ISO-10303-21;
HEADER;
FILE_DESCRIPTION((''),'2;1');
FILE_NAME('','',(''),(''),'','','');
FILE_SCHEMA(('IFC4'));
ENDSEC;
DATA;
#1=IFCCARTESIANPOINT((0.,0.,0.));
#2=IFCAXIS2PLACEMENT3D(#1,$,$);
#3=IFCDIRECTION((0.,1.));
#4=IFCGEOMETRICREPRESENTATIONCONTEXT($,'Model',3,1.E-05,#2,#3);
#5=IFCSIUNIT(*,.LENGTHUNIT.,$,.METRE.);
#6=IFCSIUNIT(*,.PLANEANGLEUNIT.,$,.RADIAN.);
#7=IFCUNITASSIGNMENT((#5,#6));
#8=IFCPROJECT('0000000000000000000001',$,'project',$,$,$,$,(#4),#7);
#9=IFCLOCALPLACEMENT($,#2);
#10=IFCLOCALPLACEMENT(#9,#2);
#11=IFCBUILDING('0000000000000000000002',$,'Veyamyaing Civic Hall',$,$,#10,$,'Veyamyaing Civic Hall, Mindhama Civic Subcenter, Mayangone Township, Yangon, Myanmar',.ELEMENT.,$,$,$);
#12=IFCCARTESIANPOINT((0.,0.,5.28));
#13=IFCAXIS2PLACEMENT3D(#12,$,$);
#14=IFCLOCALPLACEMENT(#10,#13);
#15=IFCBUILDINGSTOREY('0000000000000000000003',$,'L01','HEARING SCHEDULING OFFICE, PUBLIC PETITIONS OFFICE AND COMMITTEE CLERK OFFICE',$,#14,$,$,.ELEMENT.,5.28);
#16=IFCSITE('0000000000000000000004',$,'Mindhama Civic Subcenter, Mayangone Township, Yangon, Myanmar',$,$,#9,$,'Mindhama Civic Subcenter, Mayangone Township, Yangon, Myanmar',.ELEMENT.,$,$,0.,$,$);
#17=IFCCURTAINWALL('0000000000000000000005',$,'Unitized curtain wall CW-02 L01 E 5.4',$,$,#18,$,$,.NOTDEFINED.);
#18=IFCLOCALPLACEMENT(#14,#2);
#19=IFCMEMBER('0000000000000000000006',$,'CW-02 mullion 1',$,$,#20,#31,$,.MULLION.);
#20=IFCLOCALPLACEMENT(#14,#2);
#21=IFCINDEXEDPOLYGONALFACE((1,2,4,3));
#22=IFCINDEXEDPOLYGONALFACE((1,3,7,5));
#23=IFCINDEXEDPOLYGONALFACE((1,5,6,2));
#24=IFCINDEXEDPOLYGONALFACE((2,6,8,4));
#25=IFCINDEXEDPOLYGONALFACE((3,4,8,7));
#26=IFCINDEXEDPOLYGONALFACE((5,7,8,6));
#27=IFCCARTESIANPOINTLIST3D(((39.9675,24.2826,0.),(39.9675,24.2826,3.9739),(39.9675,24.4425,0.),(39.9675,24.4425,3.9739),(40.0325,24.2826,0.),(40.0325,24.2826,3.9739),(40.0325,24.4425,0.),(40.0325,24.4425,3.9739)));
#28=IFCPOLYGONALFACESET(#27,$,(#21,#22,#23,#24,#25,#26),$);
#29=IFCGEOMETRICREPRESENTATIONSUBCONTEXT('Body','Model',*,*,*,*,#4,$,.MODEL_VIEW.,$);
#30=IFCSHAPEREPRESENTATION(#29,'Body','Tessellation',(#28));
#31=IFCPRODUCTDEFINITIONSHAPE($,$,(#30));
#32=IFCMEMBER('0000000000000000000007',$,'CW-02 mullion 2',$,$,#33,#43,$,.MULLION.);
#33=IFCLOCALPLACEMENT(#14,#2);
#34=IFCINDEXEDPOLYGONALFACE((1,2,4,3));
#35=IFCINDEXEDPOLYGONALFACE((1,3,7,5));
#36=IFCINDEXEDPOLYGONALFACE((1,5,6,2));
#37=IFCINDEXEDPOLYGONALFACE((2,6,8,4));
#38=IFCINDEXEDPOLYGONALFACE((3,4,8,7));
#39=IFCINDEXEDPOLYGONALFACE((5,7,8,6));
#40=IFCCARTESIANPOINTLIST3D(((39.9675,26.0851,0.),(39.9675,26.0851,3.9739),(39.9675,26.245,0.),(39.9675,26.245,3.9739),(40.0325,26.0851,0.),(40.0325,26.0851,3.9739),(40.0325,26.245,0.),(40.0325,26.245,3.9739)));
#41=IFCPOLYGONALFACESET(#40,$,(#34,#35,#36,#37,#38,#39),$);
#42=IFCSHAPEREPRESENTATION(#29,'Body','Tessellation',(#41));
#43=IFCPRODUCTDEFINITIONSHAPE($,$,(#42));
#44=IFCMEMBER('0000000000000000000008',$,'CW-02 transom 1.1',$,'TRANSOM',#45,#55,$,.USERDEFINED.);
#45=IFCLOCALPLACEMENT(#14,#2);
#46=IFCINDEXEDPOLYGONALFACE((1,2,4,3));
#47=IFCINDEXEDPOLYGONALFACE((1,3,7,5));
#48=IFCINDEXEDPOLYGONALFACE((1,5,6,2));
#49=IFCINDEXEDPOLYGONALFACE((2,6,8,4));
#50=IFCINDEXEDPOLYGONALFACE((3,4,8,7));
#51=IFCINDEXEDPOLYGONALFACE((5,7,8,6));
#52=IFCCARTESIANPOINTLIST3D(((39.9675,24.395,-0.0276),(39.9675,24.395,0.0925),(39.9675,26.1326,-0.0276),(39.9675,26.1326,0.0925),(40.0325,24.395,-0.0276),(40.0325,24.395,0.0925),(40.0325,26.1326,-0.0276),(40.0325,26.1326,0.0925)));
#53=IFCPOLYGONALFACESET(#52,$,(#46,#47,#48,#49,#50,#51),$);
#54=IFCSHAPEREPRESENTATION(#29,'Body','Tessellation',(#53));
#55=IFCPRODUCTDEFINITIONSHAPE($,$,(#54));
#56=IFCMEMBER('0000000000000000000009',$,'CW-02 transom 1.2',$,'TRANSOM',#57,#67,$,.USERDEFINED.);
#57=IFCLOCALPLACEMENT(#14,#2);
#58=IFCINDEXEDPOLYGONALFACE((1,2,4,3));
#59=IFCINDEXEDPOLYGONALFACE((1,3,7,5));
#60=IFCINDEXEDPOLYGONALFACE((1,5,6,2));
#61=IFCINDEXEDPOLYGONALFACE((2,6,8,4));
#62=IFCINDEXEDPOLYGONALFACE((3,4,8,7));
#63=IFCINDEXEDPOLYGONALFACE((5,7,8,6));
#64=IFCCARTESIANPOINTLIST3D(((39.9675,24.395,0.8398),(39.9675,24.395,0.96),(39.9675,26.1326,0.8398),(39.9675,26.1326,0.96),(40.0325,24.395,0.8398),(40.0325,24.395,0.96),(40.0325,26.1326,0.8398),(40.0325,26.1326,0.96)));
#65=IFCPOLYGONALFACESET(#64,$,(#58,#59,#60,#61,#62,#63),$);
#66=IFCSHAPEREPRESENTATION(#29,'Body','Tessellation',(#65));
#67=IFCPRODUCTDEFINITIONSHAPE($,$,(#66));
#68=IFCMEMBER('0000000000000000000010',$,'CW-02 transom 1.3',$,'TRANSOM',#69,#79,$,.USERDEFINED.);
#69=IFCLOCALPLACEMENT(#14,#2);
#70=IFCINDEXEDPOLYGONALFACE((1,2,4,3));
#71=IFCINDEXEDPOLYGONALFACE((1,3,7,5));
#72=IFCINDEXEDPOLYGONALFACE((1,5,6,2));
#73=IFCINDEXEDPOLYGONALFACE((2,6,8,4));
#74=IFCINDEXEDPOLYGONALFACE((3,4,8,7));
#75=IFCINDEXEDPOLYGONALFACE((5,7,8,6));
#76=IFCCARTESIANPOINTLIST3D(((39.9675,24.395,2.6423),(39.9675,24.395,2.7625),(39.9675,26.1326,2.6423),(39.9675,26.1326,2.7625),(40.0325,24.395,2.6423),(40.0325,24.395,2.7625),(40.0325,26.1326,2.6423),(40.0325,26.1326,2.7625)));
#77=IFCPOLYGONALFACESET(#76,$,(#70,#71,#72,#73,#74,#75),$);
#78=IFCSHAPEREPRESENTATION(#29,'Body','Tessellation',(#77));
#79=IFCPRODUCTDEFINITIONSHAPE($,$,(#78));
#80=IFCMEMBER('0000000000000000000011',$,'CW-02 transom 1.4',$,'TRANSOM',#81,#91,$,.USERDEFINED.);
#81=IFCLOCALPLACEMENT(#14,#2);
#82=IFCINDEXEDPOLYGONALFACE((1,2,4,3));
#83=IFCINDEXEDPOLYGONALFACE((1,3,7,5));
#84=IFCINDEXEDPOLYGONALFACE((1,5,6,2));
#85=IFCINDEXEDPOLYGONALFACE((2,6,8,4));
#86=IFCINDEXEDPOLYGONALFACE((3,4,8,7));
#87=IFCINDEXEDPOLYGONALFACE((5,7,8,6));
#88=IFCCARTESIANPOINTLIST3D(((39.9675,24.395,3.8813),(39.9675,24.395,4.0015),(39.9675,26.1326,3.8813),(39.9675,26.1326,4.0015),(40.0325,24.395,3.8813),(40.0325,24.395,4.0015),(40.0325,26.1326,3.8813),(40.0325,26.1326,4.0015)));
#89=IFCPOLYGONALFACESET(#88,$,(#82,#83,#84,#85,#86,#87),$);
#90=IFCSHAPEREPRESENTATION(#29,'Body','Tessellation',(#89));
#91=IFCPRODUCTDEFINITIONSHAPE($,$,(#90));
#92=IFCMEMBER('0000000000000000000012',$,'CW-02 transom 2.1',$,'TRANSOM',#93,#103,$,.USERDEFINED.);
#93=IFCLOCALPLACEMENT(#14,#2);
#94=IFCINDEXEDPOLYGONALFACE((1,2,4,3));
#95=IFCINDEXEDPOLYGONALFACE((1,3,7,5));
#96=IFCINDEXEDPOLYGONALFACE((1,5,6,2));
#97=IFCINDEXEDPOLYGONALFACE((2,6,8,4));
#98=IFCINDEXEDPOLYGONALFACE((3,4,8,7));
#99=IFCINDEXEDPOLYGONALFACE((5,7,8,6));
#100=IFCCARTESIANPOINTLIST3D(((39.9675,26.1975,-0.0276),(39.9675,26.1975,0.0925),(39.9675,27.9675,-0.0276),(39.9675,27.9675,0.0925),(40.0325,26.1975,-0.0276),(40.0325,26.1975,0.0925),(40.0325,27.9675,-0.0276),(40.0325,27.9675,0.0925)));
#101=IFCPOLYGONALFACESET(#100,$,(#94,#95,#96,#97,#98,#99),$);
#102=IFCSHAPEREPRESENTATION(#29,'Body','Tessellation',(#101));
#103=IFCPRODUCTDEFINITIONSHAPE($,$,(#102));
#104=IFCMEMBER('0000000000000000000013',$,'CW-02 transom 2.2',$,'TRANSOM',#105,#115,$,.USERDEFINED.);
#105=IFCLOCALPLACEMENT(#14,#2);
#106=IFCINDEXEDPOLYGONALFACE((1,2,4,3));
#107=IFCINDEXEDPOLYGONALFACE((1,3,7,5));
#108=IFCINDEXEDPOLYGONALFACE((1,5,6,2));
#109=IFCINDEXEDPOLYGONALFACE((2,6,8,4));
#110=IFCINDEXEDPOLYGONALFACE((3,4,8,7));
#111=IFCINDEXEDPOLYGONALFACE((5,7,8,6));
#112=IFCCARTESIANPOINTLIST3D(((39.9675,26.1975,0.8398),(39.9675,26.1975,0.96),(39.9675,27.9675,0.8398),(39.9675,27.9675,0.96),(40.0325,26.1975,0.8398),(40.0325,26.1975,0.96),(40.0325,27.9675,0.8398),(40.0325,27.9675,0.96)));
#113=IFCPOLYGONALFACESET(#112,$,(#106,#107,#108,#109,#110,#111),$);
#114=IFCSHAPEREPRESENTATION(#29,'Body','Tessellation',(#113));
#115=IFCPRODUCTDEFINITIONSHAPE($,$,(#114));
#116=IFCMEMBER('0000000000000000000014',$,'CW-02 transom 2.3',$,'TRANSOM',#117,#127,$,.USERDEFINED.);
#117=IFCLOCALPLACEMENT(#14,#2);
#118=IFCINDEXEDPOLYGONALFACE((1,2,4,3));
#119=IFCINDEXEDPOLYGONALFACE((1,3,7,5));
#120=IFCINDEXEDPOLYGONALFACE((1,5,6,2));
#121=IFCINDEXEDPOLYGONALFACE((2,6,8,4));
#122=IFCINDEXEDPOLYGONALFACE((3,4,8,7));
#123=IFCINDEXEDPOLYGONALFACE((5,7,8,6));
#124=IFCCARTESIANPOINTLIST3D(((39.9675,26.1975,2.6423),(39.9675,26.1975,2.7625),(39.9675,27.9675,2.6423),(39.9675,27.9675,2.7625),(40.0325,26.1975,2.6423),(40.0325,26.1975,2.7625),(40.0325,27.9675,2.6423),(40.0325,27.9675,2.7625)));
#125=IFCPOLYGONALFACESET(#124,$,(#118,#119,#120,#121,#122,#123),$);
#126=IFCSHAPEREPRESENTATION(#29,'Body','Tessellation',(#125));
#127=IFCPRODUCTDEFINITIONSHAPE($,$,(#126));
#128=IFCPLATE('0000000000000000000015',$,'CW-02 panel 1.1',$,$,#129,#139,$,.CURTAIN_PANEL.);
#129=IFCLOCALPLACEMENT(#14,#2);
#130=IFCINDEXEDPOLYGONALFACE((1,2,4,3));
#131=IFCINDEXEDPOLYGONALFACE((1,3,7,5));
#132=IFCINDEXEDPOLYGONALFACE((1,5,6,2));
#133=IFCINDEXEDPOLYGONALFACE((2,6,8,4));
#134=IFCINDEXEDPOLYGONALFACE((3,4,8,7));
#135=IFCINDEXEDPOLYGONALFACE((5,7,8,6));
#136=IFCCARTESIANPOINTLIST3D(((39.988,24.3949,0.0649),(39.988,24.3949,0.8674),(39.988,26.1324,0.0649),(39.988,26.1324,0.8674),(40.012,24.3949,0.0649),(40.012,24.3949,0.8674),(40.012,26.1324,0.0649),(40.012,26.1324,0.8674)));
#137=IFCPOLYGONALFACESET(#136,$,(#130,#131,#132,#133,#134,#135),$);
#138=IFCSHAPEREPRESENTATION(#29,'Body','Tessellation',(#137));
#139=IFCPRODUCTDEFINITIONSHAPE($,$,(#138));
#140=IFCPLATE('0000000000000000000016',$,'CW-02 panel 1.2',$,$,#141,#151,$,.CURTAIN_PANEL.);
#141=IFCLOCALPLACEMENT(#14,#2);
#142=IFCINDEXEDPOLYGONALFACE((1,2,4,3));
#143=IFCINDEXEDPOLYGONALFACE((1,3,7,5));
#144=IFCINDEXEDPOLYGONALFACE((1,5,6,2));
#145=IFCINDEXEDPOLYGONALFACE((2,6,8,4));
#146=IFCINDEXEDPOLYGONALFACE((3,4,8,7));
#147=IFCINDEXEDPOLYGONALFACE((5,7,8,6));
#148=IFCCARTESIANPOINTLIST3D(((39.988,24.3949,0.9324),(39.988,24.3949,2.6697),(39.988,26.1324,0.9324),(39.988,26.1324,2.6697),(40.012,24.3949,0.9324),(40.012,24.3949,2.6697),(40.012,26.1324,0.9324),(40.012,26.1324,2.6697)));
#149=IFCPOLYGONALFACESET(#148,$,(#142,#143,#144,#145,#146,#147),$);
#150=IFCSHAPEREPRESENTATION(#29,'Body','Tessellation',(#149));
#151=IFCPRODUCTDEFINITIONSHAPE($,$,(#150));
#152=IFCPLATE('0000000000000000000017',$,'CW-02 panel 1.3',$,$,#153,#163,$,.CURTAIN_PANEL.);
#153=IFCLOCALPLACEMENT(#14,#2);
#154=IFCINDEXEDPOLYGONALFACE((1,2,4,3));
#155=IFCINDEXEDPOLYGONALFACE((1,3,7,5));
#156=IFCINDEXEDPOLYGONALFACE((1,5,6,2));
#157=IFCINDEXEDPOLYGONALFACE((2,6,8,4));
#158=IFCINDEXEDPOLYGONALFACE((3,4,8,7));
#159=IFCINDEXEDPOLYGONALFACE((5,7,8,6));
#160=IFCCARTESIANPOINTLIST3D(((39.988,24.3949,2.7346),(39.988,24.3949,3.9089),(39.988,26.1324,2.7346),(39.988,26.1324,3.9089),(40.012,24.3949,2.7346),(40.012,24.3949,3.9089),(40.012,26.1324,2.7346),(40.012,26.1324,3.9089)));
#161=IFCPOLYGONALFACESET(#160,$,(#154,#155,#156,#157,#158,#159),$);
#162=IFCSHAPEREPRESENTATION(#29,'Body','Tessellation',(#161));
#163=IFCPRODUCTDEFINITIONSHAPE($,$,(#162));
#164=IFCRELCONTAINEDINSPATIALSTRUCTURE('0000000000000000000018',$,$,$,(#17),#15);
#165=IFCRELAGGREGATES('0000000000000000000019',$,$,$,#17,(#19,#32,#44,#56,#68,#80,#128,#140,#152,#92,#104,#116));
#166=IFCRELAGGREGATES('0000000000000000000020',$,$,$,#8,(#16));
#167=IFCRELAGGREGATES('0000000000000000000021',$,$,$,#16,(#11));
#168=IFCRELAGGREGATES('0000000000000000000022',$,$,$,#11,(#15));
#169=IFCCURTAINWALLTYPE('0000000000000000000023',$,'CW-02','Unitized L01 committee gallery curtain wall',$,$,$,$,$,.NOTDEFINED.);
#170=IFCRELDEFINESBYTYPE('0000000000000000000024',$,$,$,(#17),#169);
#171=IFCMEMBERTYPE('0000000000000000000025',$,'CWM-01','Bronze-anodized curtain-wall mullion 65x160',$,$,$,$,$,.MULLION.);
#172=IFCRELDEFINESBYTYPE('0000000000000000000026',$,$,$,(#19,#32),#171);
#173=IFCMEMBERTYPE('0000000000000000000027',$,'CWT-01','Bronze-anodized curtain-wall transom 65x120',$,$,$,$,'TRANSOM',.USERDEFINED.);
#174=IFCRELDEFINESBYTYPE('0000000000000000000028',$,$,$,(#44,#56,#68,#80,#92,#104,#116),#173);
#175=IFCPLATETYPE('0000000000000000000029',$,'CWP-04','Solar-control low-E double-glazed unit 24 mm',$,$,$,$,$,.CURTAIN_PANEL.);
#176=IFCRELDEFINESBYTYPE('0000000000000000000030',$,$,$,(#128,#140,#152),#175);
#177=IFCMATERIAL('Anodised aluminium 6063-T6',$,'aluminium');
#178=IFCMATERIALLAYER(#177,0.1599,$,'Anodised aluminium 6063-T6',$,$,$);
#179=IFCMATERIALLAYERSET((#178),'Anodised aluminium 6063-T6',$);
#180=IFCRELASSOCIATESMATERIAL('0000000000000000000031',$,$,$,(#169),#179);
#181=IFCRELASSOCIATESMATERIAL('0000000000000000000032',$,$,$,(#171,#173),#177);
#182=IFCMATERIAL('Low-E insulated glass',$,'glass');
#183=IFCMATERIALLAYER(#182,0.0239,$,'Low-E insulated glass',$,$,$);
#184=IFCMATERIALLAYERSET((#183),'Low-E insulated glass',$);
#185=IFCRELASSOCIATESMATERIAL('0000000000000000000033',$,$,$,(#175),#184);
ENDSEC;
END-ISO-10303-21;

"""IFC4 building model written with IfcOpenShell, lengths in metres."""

from ifc_helpers import new_model, si_unit, direction, frame, origin, origin_2d, place, context, subcontext, project, spatial, rectangle, extrude, material, layer, layer_set, material_profile, profile_set, type_object, element, aggregate, save


model = new_model("IFC4")

# Units and contexts
model_context = context("Model", 3, precision=1e-05, world=origin(), true_north=direction((0.0, 1.0)))
body_context = subcontext(model_context, "Body", "Model", "MODEL_VIEW")
ifc_project = project(units=[si_unit("LENGTHUNIT", "METRE"), si_unit("PLANEANGLEUNIT", "RADIAN")], contexts=[model_context])

# Site, building, storey
site_placement = place(None, origin())
site = spatial("IfcSite", under=ifc_project, at=site_placement, Name="Mindhama Civic Subcenter, Mayangone Township, Yangon, Myanmar", LongName="Mindhama Civic Subcenter, Mayangone Township, Yangon, Myanmar", CompositionType="ELEMENT", RefElevation=0.0)
building_placement = place(site_placement, origin())
building = spatial("IfcBuilding", under=site, at=building_placement, Name="Veyamyaing Civic Hall", LongName="Veyamyaing Civic Hall, Mindhama Civic Subcenter, Mayangone Township, Yangon, Myanmar", CompositionType="ELEMENT")
storey_placement = place(building_placement, frame((0.0, 0.0, 5.28)))
storey = spatial("IfcBuildingStorey", under=building, at=storey_placement, Name="L01", Description="HEARING SCHEDULING OFFICE, PUBLIC PETITIONS OFFICE AND COMMITTEE CLERK OFFICE", CompositionType="ELEMENT", Elevation=5.28)

# Curtain wall, members, plates
ifc_material_1 = material(Name="Anodised aluminium 6063-T6", Category="aluminium")
ifc_layer_1 = layer(ifc_material_1, 0.1599, Name="Anodised aluminium 6063-T6")
ifc_layer_set_1 = layer_set([ifc_layer_1], Name="Anodised aluminium 6063-T6")
curtain_wall_type = type_object("IfcCurtainWallType", Name="CW-02", Description="Unitized L01 committee gallery curtain wall", PredefinedType="NOTDEFINED", material=ifc_layer_set_1)
curtain_wall_placement = place(storey_placement, origin())
curtain_wall = element("IfcCurtainWall", 1, at=curtain_wall_placement, inside=storey, type_object=curtain_wall_type, Name="Unitized curtain wall CW-02 L01 E 5.4", PredefinedType="NOTDEFINED")
ifc_material_profile_1 = material_profile(ifc_material_1, rectangle(XDim=0.0649, YDim=0.1599, at=origin_2d()), Name="ALU-MUL-65X160")
ifc_profile_set_1 = profile_set([ifc_material_profile_1], Name="Anodised aluminium 6063-T6")
member_type_1 = type_object("IfcMemberType", Name="CWM-01", Description="Bronze-anodized curtain-wall mullion 65x160", PredefinedType="MULLION", material=ifc_profile_set_1)
member_1_placement = place(storey_placement, frame((40.0, 24.3625, 0.0), z_axis=(0.0, 0.0, 1.0), x_axis=(-1.0, 0.0, 0.0)))
member_1 = element("IfcMember", 2, at=member_1_placement, type_object=member_type_1, Name="CW-02 mullion 1", PredefinedType="MULLION", context=body_context, shape_type="SweptSolid", body=[
    extrude(rectangle(XDim=0.0649, YDim=0.1599, at=origin_2d()), origin(), (0.0, 0.0, 1.0), 3.9739),
])
member_2_placement = place(storey_placement, frame((40.0, 26.165, 0.0), z_axis=(0.0, 0.0, 1.0), x_axis=(-1.0, 0.0, 0.0)))
member_2 = element("IfcMember", 3, at=member_2_placement, type_object=member_type_1, Name="CW-02 mullion 2", PredefinedType="MULLION", context=body_context, shape_type="SweptSolid", body=[
    extrude(rectangle(XDim=0.0649, YDim=0.1599, at=origin_2d()), origin(), (0.0, 0.0, 1.0), 3.9739),
])
ifc_material_profile_2 = material_profile(ifc_material_1, rectangle(XDim=0.0649, YDim=0.1201, at=origin_2d()), Name="ALU-TRN-65X120")
ifc_profile_set_2 = profile_set([ifc_material_profile_2], Name="Anodised aluminium 6063-T6")
member_type_2 = type_object("IfcMemberType", Name="CWT-01", Description="Bronze-anodized curtain-wall transom 65x120", ElementType="TRANSOM", PredefinedType="USERDEFINED", material=ifc_profile_set_2)
member_3_placement = place(storey_placement, frame((40.0, 24.395, 0.0325), z_axis=(0.0, 1.0, 0.0), x_axis=(-1.0, 0.0, 0.0)))
member_3 = element("IfcMember", 4, at=member_3_placement, type_object=member_type_2, Name="CW-02 transom 1.1", ObjectType="TRANSOM", PredefinedType="USERDEFINED", context=body_context, shape_type="SweptSolid", body=[
    extrude(rectangle(XDim=0.0649, YDim=0.1201, at=origin_2d()), origin(), (0.0, 0.0, 1.0), 1.7375),
])
member_4_placement = place(storey_placement, frame((40.0, 24.395, 0.8999), z_axis=(0.0, 1.0, 0.0), x_axis=(-1.0, 0.0, 0.0)))
member_4 = element("IfcMember", 5, at=member_4_placement, type_object=member_type_2, Name="CW-02 transom 1.2", ObjectType="TRANSOM", PredefinedType="USERDEFINED", context=body_context, shape_type="SweptSolid", body=[
    extrude(rectangle(XDim=0.0649, YDim=0.1201, at=origin_2d()), origin(), (0.0, 0.0, 1.0), 1.7375),
])
member_5_placement = place(storey_placement, frame((40.0, 24.395, 2.7024), z_axis=(0.0, 1.0, 0.0), x_axis=(-1.0, 0.0, 0.0)))
member_5 = element("IfcMember", 6, at=member_5_placement, type_object=member_type_2, Name="CW-02 transom 1.3", ObjectType="TRANSOM", PredefinedType="USERDEFINED", context=body_context, shape_type="SweptSolid", body=[
    extrude(rectangle(XDim=0.0649, YDim=0.1201, at=origin_2d()), origin(), (0.0, 0.0, 1.0), 1.7375),
])
member_6_placement = place(storey_placement, frame((40.0, 24.395, 3.9414), z_axis=(0.0, 1.0, 0.0), x_axis=(-1.0, 0.0, 0.0)))
member_6 = element("IfcMember", 7, at=member_6_placement, type_object=member_type_2, Name="CW-02 transom 1.4", ObjectType="TRANSOM", PredefinedType="USERDEFINED", context=body_context, shape_type="SweptSolid", body=[
    extrude(rectangle(XDim=0.0649, YDim=0.1201, at=origin_2d()), origin(), (0.0, 0.0, 1.0), 1.7375),
])
member_7_placement = place(storey_placement, frame((40.0, 26.1975, 0.0325), z_axis=(0.0, 1.0, 0.0), x_axis=(-1.0, 0.0, 0.0)))
member_7 = element("IfcMember", 8, at=member_7_placement, type_object=member_type_2, Name="CW-02 transom 2.1", ObjectType="TRANSOM", PredefinedType="USERDEFINED", context=body_context, shape_type="SweptSolid", body=[
    extrude(rectangle(XDim=0.0649, YDim=0.1201, at=origin_2d()), origin(), (0.0, 0.0, 1.0), 1.77),
])
member_8_placement = place(storey_placement, frame((40.0, 26.1975, 0.8999), z_axis=(0.0, 1.0, 0.0), x_axis=(-1.0, 0.0, 0.0)))
member_8 = element("IfcMember", 9, at=member_8_placement, type_object=member_type_2, Name="CW-02 transom 2.2", ObjectType="TRANSOM", PredefinedType="USERDEFINED", context=body_context, shape_type="SweptSolid", body=[
    extrude(rectangle(XDim=0.0649, YDim=0.1201, at=origin_2d()), origin(), (0.0, 0.0, 1.0), 1.77),
])
member_9_placement = place(storey_placement, frame((40.0, 26.1975, 2.7024), z_axis=(0.0, 1.0, 0.0), x_axis=(-1.0, 0.0, 0.0)))
member_9 = element("IfcMember", 10, at=member_9_placement, type_object=member_type_2, Name="CW-02 transom 2.3", ObjectType="TRANSOM", PredefinedType="USERDEFINED", context=body_context, shape_type="SweptSolid", body=[
    extrude(rectangle(XDim=0.0649, YDim=0.1201, at=origin_2d()), origin(), (0.0, 0.0, 1.0), 1.77),
])
ifc_material_2 = material(Name="Low-E insulated glass", Category="glass")
ifc_layer_2 = layer(ifc_material_2, 0.0239, Name="Low-E insulated glass")
ifc_layer_set_2 = layer_set([ifc_layer_2], Name="Low-E insulated glass")
plate_type = type_object("IfcPlateType", Name="CWP-04", Description="Solar-control low-E double-glazed unit 24 mm", PredefinedType="CURTAIN_PANEL", material=ifc_layer_set_2)
plate_1_placement = place(storey_placement, frame((40.0, 25.2637, 0.0649), z_axis=(0.0, 0.0, 1.0), x_axis=(0.0, 1.0, 0.0)))
plate_1 = element("IfcPlate", 11, at=plate_1_placement, type_object=plate_type, Name="CW-02 panel 1.1", PredefinedType="CURTAIN_PANEL", context=body_context, shape_type="SweptSolid", body=[
    extrude(rectangle(XDim=1.7375, YDim=0.0239, at=origin_2d()), origin(), (0.0, 0.0, 1.0), 0.8025),
])
plate_2_placement = place(storey_placement, frame((40.0, 25.2637, 0.9324), z_axis=(0.0, 0.0, 1.0), x_axis=(0.0, 1.0, 0.0)))
plate_2 = element("IfcPlate", 12, at=plate_2_placement, type_object=plate_type, Name="CW-02 panel 1.2", PredefinedType="CURTAIN_PANEL", context=body_context, shape_type="SweptSolid", body=[
    extrude(rectangle(XDim=1.7375, YDim=0.0239, at=origin_2d()), origin(), (0.0, 0.0, 1.0), 1.7373),
])
plate_3_placement = place(storey_placement, frame((40.0, 25.2637, 2.7346), z_axis=(0.0, 0.0, 1.0), x_axis=(0.0, 1.0, 0.0)))
plate_3 = element("IfcPlate", 13, at=plate_3_placement, type_object=plate_type, Name="CW-02 panel 1.3", PredefinedType="CURTAIN_PANEL", context=body_context, shape_type="SweptSolid", body=[
    extrude(rectangle(XDim=1.7375, YDim=0.0239, at=origin_2d()), origin(), (0.0, 0.0, 1.0), 1.1743),
])
aggregate(curtain_wall, [member_1, member_2, member_3, member_4, member_5, member_6, plate_1, plate_2, plate_3, member_7, member_8, member_9])

save(model, "model.ifc")
